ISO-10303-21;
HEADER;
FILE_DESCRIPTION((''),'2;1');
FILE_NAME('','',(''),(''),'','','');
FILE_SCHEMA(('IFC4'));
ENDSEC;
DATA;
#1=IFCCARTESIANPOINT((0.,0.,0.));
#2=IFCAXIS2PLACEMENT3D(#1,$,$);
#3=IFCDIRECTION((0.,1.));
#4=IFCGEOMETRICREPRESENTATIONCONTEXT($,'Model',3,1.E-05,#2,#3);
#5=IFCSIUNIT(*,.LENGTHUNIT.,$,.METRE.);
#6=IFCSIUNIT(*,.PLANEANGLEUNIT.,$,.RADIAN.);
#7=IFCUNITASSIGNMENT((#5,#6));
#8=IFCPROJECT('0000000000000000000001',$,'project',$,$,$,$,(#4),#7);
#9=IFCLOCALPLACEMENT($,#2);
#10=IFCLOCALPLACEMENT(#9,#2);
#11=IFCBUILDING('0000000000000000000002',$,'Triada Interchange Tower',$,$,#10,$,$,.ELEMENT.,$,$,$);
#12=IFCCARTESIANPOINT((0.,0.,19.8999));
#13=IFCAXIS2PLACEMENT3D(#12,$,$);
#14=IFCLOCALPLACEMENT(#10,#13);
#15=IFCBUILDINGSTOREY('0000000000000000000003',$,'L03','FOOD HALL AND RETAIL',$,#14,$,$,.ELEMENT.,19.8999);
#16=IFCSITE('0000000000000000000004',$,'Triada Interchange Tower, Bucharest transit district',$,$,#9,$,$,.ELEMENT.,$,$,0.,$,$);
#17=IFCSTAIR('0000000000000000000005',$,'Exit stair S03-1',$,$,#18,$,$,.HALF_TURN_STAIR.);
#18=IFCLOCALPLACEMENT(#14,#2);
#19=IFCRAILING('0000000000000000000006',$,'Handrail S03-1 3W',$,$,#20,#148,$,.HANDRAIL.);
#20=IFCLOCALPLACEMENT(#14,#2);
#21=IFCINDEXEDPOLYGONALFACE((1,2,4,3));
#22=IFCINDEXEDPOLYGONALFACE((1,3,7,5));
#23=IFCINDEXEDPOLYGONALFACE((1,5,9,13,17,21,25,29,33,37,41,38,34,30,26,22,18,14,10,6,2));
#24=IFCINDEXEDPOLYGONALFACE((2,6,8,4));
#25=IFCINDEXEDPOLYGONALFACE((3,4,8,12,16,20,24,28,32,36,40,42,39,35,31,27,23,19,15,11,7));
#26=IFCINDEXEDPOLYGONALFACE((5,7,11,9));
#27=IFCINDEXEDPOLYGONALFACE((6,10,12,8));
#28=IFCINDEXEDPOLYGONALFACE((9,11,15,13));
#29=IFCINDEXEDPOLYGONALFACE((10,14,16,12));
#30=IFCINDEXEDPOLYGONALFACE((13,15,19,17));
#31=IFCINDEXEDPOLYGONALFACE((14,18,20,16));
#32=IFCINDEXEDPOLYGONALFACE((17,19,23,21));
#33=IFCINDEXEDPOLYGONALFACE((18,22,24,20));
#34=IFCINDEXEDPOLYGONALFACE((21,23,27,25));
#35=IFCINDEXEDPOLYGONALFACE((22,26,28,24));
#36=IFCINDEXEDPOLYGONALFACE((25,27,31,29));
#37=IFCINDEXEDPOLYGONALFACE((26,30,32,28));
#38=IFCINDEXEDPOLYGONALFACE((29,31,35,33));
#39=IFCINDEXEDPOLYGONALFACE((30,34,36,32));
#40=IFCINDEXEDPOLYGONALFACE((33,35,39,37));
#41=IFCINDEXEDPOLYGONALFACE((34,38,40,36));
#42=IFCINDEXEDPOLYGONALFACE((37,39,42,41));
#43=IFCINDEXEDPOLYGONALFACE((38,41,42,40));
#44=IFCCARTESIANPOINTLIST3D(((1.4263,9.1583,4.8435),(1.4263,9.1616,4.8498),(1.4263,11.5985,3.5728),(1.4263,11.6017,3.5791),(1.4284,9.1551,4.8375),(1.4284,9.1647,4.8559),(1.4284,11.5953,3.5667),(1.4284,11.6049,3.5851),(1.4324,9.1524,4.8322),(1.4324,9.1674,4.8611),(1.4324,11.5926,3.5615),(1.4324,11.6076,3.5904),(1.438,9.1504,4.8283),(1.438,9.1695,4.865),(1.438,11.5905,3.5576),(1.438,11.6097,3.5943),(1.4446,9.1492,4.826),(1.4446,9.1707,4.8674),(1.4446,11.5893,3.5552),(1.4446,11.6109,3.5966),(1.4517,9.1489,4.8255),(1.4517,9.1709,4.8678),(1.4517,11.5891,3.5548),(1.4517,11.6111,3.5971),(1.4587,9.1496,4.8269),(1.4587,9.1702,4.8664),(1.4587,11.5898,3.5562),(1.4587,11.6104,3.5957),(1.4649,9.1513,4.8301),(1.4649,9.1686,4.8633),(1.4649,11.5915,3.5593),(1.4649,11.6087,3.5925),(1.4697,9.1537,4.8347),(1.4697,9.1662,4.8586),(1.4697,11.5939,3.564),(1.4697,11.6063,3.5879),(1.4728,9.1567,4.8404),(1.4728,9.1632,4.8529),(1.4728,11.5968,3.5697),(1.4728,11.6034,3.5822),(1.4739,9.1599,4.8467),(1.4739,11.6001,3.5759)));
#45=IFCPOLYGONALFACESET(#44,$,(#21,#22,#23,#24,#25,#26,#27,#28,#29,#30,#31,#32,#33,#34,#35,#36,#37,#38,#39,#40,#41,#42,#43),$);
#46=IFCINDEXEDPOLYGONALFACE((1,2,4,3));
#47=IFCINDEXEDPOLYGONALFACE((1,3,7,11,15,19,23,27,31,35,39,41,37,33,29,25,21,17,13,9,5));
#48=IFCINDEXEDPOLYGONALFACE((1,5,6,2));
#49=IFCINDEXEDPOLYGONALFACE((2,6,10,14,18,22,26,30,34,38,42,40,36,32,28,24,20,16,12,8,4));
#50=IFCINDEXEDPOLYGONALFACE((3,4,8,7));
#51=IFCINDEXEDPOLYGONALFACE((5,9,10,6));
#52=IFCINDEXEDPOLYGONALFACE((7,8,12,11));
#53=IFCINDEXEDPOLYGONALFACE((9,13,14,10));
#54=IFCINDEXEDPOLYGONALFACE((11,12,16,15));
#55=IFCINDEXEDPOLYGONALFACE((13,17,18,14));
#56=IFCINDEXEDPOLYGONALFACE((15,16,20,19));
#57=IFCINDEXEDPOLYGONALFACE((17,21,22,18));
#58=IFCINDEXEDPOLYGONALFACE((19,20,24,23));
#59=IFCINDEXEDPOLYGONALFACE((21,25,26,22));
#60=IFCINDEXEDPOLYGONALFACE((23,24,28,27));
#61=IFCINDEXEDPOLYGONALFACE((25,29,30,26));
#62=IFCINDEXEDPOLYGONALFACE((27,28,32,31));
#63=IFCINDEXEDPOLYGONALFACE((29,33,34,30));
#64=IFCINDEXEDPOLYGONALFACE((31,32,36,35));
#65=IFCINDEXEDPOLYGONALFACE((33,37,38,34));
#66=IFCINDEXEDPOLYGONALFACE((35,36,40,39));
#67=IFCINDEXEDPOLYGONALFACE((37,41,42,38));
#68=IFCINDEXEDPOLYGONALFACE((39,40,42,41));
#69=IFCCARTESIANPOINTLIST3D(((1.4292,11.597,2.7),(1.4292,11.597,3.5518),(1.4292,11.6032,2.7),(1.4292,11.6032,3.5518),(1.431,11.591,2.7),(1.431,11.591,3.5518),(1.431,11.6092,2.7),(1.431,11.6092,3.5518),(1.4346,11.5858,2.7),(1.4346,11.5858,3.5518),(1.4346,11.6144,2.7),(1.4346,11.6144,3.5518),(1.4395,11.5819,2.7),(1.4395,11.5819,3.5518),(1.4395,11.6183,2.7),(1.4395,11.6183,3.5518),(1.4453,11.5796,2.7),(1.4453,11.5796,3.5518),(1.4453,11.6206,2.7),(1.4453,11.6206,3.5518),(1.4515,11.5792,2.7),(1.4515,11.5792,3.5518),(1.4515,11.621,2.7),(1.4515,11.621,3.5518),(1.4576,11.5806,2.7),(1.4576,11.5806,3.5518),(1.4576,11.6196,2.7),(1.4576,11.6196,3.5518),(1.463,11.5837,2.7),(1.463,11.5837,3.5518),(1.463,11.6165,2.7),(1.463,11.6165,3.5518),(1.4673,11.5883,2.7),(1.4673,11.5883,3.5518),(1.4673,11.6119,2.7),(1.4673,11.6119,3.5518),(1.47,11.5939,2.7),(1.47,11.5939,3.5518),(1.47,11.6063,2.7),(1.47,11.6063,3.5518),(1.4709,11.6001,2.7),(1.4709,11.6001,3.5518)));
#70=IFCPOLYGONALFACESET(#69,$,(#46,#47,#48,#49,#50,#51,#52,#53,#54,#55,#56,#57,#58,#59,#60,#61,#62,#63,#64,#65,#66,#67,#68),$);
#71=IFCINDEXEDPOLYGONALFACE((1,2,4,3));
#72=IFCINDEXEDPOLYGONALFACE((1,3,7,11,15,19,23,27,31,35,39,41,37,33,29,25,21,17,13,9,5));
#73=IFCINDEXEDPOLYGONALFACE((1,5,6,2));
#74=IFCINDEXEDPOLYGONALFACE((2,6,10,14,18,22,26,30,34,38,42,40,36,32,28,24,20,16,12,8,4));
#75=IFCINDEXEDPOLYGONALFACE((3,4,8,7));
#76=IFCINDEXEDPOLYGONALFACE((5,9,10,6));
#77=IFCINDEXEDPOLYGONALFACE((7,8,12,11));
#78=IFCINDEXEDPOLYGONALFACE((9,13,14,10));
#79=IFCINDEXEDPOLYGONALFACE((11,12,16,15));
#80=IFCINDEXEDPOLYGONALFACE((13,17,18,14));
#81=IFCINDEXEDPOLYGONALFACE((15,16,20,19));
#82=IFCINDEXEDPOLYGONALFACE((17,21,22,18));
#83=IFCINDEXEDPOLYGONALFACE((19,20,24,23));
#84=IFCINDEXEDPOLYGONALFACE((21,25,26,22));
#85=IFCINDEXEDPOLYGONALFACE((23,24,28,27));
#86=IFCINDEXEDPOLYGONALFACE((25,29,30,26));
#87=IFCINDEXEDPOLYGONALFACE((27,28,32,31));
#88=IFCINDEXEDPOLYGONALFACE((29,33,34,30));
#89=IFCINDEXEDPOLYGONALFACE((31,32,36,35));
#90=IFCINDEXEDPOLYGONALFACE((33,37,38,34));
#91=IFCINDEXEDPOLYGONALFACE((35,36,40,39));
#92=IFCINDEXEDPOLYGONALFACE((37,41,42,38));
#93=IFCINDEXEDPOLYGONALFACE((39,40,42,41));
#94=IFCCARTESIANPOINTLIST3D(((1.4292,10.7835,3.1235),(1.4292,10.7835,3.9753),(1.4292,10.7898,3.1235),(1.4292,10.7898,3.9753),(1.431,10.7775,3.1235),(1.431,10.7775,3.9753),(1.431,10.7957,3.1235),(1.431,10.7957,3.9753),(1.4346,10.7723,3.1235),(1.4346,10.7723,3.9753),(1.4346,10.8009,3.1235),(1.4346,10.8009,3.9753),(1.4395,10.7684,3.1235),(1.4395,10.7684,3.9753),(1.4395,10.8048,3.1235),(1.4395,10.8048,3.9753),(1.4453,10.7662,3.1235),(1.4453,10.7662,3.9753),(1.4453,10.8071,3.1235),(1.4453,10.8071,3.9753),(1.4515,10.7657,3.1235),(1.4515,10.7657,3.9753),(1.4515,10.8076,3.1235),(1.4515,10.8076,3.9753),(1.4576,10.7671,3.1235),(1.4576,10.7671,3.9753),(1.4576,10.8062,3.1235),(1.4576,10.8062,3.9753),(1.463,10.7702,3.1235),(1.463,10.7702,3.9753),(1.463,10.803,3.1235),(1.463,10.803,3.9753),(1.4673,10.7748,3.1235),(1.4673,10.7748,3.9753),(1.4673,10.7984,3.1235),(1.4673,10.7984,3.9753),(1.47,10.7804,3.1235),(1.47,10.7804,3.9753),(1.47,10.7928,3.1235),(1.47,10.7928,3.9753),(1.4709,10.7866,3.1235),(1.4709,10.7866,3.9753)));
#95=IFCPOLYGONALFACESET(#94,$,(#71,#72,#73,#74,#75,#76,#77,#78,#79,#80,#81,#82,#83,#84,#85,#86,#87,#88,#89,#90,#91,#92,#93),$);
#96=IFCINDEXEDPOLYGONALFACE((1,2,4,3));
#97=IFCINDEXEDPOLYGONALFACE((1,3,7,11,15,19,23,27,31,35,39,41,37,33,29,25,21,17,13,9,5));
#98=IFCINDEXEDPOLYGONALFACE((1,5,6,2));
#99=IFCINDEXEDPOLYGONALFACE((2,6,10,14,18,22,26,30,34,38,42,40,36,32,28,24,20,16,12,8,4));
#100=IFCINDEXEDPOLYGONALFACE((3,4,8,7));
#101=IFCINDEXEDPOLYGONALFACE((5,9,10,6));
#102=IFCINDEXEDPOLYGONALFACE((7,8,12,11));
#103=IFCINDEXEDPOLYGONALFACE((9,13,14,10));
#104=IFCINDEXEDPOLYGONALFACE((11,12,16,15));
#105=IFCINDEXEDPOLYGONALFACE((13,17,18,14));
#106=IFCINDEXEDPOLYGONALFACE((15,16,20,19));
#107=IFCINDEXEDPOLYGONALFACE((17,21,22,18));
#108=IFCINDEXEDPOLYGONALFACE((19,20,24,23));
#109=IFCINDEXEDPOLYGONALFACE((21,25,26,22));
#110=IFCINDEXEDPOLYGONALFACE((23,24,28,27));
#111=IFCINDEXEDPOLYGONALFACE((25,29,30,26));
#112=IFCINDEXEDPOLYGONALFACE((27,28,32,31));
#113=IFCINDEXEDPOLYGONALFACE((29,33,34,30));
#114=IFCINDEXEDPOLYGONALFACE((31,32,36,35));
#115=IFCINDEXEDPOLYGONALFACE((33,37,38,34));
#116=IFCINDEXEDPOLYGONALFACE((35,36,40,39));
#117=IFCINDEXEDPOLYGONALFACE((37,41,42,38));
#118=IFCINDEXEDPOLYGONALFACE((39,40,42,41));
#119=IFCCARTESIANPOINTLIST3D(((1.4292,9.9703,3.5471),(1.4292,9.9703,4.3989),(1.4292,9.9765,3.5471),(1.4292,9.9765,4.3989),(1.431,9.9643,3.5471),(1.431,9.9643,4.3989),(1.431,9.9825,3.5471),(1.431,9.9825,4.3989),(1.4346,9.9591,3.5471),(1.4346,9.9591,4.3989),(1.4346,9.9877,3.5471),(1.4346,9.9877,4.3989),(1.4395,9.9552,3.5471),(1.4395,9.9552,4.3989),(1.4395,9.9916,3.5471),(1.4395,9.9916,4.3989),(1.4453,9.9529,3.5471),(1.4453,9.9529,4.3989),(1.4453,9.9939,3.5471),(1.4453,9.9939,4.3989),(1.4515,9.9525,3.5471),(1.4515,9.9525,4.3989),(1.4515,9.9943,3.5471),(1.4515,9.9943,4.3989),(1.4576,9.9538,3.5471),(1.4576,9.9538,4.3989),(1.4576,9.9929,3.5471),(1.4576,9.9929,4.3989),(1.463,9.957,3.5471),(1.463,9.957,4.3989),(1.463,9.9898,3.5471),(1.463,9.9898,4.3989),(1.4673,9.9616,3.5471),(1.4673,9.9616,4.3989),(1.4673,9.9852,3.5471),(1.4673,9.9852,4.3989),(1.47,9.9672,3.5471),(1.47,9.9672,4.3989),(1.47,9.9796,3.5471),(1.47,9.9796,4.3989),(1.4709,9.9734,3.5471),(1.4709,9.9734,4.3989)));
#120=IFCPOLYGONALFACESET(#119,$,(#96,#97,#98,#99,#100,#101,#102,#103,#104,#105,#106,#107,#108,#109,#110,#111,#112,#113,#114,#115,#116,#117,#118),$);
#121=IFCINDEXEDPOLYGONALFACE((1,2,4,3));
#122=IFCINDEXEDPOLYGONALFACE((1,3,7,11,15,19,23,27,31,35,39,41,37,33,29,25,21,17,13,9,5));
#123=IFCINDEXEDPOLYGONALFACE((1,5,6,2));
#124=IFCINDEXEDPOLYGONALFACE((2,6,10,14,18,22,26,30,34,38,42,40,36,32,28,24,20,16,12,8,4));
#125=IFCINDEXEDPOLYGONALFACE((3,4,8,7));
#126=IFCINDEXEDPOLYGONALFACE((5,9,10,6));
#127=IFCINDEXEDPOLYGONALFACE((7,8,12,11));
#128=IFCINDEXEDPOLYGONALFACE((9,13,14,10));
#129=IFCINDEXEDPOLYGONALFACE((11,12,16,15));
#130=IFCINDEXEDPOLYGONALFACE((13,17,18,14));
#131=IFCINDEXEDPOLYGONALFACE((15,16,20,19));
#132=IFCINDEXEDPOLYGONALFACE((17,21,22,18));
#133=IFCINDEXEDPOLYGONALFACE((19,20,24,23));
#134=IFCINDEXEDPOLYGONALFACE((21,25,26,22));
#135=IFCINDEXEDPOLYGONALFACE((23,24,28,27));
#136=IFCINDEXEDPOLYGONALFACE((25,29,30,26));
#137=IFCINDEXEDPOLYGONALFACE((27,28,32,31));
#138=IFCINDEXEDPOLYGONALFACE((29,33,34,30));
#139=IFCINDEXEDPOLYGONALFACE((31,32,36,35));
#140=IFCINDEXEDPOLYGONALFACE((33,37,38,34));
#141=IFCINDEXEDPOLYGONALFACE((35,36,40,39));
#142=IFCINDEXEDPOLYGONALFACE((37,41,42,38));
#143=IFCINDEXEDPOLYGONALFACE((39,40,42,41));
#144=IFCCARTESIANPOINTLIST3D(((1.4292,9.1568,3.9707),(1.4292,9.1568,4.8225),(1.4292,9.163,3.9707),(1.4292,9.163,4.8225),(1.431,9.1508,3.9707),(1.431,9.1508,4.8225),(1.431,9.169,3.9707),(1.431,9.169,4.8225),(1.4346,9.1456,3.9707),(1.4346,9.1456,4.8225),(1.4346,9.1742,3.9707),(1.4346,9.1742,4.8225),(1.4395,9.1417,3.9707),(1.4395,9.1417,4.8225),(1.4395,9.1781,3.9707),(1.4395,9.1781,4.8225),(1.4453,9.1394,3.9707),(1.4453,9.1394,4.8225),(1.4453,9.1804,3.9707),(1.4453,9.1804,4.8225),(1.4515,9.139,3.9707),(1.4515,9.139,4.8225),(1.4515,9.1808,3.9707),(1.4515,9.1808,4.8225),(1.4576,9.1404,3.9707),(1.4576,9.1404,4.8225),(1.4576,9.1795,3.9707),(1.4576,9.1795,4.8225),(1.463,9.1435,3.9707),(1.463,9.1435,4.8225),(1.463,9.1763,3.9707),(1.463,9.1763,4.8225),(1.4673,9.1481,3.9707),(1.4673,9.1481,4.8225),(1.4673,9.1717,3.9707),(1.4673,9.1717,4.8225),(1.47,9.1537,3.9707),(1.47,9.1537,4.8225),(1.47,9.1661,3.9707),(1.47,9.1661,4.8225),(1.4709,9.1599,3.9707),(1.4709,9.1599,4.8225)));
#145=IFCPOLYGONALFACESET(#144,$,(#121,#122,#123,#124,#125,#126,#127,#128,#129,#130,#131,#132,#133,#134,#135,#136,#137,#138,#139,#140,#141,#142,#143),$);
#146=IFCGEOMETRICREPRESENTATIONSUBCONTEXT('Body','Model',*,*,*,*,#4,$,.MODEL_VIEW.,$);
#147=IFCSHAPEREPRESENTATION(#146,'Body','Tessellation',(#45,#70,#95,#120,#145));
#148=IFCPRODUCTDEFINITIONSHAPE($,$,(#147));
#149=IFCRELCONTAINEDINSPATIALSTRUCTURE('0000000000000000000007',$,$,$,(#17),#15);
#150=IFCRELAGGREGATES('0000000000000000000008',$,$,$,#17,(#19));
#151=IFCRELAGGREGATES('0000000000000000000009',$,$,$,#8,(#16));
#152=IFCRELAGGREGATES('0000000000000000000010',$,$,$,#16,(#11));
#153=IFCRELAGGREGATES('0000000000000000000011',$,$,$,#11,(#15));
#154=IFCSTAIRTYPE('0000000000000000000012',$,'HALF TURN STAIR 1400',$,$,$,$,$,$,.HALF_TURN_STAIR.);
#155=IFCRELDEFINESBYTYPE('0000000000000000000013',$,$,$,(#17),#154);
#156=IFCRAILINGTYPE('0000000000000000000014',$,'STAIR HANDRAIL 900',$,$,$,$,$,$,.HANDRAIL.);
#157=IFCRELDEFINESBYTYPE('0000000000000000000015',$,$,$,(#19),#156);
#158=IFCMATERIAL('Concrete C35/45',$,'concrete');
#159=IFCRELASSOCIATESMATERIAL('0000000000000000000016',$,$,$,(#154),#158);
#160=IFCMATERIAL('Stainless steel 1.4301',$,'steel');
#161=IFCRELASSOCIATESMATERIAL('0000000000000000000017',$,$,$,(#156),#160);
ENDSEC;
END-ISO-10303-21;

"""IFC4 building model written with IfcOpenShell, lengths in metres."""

from ifc_helpers import new_model, si_unit, direction, frame, origin, origin_2d, place, context, subcontext, project, spatial, circle, extrude, material, type_object, element, aggregate, save


model = new_model("IFC4")

# Units and contexts
model_context = context("Model", 3, precision=1e-05, world=origin(), true_north=direction((0.0, 1.0)))
body_context = subcontext(model_context, "Body", "Model", "MODEL_VIEW")
ifc_project = project(units=[si_unit("LENGTHUNIT", "METRE"), si_unit("PLANEANGLEUNIT", "RADIAN")], contexts=[model_context])

# Site, building, storey
site_placement = place(None, origin())
site = spatial("IfcSite", under=ifc_project, at=site_placement, Name="Triada Interchange Tower, Bucharest transit district", CompositionType="ELEMENT", RefElevation=0.0)
building_placement = place(site_placement, origin())
building = spatial("IfcBuilding", under=site, at=building_placement, Name="Triada Interchange Tower", CompositionType="ELEMENT")
storey_placement = place(building_placement, frame((0.0, 0.0, 19.8999)))
storey = spatial("IfcBuildingStorey", under=building, at=storey_placement, Name="L03", Description="FOOD HALL AND RETAIL", CompositionType="ELEMENT", Elevation=19.8999)

# Shared definitions
ifc_material_1 = material(Name="Concrete C35/45", Category="concrete")

# Stair, railing
stair_type = type_object("IfcStairType", Name="HALF TURN STAIR 1400", PredefinedType="HALF_TURN_STAIR", material=ifc_material_1)
stair_placement = place(storey_placement, origin())
stair = element("IfcStair", 1, at=stair_placement, inside=storey, type_object=stair_type, Name="Exit stair S03-1", PredefinedType="HALF_TURN_STAIR")
ifc_material_2 = material(Name="Stainless steel 1.4301", Category="steel")
railing_type_1 = type_object("IfcRailingType", Name="STAIR HANDRAIL 900", PredefinedType="HANDRAIL", material=ifc_material_2)
railing_1_placement = place(storey_placement, frame((1.45, 11.6001, 2.7)))
railing_1 = element("IfcRailing", 2, at=railing_1_placement, type_object=railing_type_1, Name="Handrail S03-1 3W", PredefinedType="HANDRAIL", context=body_context, shape_type="SweptSolid", body=[
    extrude(circle(Radius=0.0239, at=origin_2d()), frame((0.0, 0.0, 0.876), z_axis=(0.0, -0.886941, 0.461884), x_axis=(1.0, 0.0, 0.0)), (0.0, 0.0, 1.0), 2.7512),
    extrude(circle(Radius=0.021, at=origin_2d()), origin(), (0.0, 0.0, 1.0), 0.8518),
    extrude(circle(Radius=0.021, at=origin_2d()), frame((0.0, -0.8135, 0.4236)), (0.0, 0.0, 1.0), 0.8518),
    extrude(circle(Radius=0.021, at=origin_2d()), frame((0.0, -1.6267, 0.8472)), (0.0, 0.0, 1.0), 0.8518),
    extrude(circle(Radius=0.021, at=origin_2d()), frame((0.0, -2.4402, 1.2708)), (0.0, 0.0, 1.0), 0.8518),
])
aggregate(stair, [railing_1])

save(model, "model.ifc")
